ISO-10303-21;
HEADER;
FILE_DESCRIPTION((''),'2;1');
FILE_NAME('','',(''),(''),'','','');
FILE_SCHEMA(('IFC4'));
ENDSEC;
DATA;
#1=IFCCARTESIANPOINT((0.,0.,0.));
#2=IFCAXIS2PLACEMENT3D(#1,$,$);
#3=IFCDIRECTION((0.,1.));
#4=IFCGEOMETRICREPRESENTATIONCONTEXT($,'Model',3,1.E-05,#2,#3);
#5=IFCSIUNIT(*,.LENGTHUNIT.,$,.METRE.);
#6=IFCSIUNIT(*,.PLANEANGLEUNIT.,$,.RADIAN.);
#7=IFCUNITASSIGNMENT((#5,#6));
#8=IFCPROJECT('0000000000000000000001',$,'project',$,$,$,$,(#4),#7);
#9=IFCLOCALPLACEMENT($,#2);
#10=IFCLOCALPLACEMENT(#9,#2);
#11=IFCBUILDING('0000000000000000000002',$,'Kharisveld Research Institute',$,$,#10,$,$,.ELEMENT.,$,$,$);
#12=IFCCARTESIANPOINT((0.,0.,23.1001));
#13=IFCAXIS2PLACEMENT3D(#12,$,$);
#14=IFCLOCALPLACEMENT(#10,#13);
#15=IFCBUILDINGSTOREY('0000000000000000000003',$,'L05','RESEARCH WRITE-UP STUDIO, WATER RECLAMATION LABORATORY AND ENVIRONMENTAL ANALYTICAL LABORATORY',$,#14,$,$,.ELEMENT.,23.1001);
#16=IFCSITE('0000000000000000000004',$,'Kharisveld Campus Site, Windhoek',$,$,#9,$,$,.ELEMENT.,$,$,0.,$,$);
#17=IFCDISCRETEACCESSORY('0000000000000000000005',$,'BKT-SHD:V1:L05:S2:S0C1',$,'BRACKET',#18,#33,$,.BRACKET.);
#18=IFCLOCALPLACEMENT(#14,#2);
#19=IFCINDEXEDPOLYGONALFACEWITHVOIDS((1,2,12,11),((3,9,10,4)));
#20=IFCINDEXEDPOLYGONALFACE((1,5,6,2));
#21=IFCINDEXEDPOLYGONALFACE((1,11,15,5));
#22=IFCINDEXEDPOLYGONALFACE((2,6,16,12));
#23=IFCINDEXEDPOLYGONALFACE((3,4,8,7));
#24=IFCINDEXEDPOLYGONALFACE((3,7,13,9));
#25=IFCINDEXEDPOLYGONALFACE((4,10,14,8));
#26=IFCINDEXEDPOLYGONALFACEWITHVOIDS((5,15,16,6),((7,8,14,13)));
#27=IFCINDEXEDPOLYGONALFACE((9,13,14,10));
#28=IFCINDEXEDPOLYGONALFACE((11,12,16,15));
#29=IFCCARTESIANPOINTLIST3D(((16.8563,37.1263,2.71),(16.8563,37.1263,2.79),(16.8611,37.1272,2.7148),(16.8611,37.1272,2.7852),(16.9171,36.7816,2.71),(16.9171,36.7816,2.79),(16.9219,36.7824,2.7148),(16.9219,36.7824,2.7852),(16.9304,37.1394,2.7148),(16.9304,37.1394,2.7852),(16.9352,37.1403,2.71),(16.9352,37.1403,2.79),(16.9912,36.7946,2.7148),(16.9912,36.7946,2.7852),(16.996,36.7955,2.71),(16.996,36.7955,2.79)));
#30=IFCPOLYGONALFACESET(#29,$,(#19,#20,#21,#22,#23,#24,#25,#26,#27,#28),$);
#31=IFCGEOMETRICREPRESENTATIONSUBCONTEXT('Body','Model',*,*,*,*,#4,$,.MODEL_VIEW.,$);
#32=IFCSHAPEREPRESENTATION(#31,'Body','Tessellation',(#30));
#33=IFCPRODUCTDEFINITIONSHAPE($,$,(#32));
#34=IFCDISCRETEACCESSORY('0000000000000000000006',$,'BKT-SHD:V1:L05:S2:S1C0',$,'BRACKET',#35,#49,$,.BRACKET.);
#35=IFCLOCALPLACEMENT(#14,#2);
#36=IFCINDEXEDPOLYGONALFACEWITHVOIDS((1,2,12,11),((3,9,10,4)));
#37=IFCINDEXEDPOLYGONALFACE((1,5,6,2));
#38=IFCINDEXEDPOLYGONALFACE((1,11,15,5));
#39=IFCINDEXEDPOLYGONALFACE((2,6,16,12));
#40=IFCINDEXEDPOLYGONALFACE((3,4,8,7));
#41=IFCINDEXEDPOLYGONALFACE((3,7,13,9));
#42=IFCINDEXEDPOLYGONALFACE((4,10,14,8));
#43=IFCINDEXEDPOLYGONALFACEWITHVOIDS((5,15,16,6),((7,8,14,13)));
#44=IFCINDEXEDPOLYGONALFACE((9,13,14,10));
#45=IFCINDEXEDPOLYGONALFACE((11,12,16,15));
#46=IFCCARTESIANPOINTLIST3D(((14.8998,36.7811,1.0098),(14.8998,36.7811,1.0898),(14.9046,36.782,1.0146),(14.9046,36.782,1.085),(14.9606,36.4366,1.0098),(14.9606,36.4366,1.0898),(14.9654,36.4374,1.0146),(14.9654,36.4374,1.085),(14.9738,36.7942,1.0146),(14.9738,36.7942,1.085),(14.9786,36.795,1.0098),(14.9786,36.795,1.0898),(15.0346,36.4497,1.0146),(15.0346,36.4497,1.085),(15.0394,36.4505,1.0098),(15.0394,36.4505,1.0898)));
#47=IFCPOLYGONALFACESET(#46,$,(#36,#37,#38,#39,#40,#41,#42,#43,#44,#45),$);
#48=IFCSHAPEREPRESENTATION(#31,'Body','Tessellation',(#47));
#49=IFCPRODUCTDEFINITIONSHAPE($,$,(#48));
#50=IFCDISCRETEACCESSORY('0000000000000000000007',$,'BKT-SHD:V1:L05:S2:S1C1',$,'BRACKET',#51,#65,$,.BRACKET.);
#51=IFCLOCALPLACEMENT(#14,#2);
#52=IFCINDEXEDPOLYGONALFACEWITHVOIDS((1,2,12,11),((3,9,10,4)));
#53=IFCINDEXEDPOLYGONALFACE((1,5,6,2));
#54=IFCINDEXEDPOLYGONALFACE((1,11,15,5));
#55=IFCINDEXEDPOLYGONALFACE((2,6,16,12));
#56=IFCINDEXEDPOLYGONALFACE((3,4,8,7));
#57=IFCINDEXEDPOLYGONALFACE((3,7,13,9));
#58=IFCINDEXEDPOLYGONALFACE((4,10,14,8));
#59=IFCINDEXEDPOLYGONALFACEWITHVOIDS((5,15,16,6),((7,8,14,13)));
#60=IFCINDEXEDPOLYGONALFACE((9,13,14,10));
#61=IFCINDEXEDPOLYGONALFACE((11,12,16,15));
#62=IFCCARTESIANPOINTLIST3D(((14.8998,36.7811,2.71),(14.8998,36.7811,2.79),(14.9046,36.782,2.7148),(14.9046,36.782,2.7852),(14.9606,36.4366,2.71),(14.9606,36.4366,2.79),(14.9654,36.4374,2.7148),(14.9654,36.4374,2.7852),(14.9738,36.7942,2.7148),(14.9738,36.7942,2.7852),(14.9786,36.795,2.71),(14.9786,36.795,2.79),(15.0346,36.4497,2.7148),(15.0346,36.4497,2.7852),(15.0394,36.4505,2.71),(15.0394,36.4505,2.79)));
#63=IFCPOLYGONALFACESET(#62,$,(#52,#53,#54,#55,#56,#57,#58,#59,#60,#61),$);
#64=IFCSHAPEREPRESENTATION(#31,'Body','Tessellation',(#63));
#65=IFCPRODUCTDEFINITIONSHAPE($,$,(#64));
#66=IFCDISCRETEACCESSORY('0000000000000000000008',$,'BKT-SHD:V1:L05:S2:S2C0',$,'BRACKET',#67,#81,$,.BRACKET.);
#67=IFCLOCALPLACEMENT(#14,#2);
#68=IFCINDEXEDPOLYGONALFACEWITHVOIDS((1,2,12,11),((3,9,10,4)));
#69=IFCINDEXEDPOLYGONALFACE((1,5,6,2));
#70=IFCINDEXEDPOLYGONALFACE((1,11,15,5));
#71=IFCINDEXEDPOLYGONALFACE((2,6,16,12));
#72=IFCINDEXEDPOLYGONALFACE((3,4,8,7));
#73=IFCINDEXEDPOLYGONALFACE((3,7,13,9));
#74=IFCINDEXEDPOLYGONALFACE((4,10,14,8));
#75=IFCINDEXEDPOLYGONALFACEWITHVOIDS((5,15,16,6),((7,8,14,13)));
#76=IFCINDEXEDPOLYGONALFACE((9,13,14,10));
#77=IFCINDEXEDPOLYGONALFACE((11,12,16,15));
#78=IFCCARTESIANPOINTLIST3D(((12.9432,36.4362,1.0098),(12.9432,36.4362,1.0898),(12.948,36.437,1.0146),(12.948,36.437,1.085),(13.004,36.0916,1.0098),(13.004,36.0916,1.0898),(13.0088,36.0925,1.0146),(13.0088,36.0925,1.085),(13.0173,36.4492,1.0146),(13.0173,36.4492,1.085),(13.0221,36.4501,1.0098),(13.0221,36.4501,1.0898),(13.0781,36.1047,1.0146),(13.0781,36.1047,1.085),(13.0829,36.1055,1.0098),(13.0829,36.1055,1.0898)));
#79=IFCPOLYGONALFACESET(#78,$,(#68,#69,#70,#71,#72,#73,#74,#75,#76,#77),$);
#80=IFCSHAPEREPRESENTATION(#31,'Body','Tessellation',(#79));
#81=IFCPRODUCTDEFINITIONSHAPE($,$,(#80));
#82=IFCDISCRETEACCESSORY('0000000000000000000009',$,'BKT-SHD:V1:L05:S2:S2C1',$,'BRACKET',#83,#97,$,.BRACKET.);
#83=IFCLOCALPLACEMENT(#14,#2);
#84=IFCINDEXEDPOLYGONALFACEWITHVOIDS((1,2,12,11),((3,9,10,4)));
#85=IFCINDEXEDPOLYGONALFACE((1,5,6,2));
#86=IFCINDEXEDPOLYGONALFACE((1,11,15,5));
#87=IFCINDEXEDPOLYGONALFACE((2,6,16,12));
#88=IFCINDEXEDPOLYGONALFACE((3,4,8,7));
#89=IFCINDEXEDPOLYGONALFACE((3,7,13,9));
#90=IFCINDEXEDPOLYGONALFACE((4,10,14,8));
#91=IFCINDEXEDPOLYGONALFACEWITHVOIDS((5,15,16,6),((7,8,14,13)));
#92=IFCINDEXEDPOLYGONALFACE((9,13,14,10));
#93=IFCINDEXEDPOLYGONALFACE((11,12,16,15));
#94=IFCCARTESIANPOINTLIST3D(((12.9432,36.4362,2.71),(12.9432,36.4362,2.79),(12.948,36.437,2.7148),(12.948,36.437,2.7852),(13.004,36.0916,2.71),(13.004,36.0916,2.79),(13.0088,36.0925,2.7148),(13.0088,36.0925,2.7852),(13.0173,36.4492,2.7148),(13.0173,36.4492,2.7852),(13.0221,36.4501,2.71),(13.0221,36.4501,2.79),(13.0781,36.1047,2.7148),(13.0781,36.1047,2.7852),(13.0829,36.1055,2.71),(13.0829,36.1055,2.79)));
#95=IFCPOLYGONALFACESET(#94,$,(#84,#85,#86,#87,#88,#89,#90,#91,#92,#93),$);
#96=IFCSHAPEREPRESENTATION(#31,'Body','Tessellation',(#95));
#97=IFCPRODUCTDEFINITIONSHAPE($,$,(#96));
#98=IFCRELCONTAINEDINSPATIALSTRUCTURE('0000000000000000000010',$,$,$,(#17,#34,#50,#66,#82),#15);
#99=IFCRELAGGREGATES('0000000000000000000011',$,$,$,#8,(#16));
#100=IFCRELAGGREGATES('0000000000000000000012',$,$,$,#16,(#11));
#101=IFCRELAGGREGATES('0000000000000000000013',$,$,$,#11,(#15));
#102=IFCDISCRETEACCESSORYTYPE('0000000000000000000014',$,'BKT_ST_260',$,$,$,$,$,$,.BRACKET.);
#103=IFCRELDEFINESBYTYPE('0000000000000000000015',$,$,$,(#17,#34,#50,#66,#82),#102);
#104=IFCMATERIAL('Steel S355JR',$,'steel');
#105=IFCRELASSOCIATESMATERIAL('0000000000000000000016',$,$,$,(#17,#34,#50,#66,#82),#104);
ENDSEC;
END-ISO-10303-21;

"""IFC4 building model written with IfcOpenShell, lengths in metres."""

from ifc_helpers import new_model, si_unit, direction, frame, origin, origin_2d, place, context, subcontext, project, spatial, hollow_rectangle, extrude, material, type_object, element, save


model = new_model("IFC4")

# Units and contexts
model_context = context("Model", 3, precision=1e-05, world=origin(), true_north=direction((0.0, 1.0)))
body_context = subcontext(model_context, "Body", "Model", "MODEL_VIEW")
ifc_project = project(units=[si_unit("LENGTHUNIT", "METRE"), si_unit("PLANEANGLEUNIT", "RADIAN")], contexts=[model_context])

# Site, building, storey
site_placement = place(None, origin())
site = spatial("IfcSite", under=ifc_project, at=site_placement, Name="Kharisveld Campus Site, Windhoek", CompositionType="ELEMENT", RefElevation=0.0)
building_placement = place(site_placement, origin())
building = spatial("IfcBuilding", under=site, at=building_placement, Name="Kharisveld Research Institute", CompositionType="ELEMENT")
storey_placement = place(building_placement, frame((0.0, 0.0, 23.1001)))
storey = spatial("IfcBuildingStorey", under=building, at=storey_placement, Name="L05", Description="RESEARCH WRITE-UP STUDIO, WATER RECLAMATION LABORATORY AND ENVIRONMENTAL ANALYTICAL LABORATORY", CompositionType="ELEMENT", Elevation=23.1001)

# Discrete accessories
ifc_material_1 = material(Name="Steel S355JR", Category="steel")
discrete_accessory_type = type_object("IfcDiscreteAccessoryType", Name="BKT_ST_260", PredefinedType="BRACKET")
for number, where, z_axis, x_axis, name in (
    (1, (16.8958, 37.1333, 2.75), (0.173666, -0.984805, 0.0), (0.984805, 0.173666, 0.0), "BKT-SHD:V1:L05:S2:S0C1"),
):
    element("IfcDiscreteAccessory", number, at=place(storey_placement, frame(where, z_axis=z_axis, x_axis=x_axis)), inside=storey, type_object=discrete_accessory_type, material=ifc_material_1, Name=name, ObjectType="BRACKET", PredefinedType="BRACKET", context=body_context, shape_type="SweptSolid", body=[
        extrude(hollow_rectangle(XDim=0.0801, YDim=0.0801, WallThickness=0.0049, at=origin_2d()), origin(), (0.0, 0.0, 1.0), 0.3501),
    ])
for number, where, z_axis, x_axis, name in (
    (2, (14.9392, 36.7881, 1.0498), (0.173785, -0.984784, 0.0), (0.984784, 0.173785, 0.0), "BKT-SHD:V1:L05:S2:S1C0"),
    (3, (14.9392, 36.7881, 2.75), (0.173785, -0.984784, 0.0), (0.984784, 0.173785, 0.0), "BKT-SHD:V1:L05:S2:S1C1"),
    (4, (12.9827, 36.4431, 1.0498), (0.173785, -0.984784, 0.0), (0.984784, 0.173785, 0.0), "BKT-SHD:V1:L05:S2:S2C0"),
    (5, (12.9827, 36.4431, 2.75), (0.173785, -0.984784, 0.0), (0.984784, 0.173785, 0.0), "BKT-SHD:V1:L05:S2:S2C1"),
):
    element("IfcDiscreteAccessory", number, at=place(storey_placement, frame(where, z_axis=z_axis, x_axis=x_axis)), inside=storey, type_object=discrete_accessory_type, material=ifc_material_1, Name=name, ObjectType="BRACKET", PredefinedType="BRACKET", context=body_context, shape_type="SweptSolid", body=[
        extrude(hollow_rectangle(XDim=0.0801, YDim=0.0801, WallThickness=0.0049, at=origin_2d()), origin(), (0.0, 0.0, 1.0), 0.3499),
    ])

save(model, "model.ifc")
